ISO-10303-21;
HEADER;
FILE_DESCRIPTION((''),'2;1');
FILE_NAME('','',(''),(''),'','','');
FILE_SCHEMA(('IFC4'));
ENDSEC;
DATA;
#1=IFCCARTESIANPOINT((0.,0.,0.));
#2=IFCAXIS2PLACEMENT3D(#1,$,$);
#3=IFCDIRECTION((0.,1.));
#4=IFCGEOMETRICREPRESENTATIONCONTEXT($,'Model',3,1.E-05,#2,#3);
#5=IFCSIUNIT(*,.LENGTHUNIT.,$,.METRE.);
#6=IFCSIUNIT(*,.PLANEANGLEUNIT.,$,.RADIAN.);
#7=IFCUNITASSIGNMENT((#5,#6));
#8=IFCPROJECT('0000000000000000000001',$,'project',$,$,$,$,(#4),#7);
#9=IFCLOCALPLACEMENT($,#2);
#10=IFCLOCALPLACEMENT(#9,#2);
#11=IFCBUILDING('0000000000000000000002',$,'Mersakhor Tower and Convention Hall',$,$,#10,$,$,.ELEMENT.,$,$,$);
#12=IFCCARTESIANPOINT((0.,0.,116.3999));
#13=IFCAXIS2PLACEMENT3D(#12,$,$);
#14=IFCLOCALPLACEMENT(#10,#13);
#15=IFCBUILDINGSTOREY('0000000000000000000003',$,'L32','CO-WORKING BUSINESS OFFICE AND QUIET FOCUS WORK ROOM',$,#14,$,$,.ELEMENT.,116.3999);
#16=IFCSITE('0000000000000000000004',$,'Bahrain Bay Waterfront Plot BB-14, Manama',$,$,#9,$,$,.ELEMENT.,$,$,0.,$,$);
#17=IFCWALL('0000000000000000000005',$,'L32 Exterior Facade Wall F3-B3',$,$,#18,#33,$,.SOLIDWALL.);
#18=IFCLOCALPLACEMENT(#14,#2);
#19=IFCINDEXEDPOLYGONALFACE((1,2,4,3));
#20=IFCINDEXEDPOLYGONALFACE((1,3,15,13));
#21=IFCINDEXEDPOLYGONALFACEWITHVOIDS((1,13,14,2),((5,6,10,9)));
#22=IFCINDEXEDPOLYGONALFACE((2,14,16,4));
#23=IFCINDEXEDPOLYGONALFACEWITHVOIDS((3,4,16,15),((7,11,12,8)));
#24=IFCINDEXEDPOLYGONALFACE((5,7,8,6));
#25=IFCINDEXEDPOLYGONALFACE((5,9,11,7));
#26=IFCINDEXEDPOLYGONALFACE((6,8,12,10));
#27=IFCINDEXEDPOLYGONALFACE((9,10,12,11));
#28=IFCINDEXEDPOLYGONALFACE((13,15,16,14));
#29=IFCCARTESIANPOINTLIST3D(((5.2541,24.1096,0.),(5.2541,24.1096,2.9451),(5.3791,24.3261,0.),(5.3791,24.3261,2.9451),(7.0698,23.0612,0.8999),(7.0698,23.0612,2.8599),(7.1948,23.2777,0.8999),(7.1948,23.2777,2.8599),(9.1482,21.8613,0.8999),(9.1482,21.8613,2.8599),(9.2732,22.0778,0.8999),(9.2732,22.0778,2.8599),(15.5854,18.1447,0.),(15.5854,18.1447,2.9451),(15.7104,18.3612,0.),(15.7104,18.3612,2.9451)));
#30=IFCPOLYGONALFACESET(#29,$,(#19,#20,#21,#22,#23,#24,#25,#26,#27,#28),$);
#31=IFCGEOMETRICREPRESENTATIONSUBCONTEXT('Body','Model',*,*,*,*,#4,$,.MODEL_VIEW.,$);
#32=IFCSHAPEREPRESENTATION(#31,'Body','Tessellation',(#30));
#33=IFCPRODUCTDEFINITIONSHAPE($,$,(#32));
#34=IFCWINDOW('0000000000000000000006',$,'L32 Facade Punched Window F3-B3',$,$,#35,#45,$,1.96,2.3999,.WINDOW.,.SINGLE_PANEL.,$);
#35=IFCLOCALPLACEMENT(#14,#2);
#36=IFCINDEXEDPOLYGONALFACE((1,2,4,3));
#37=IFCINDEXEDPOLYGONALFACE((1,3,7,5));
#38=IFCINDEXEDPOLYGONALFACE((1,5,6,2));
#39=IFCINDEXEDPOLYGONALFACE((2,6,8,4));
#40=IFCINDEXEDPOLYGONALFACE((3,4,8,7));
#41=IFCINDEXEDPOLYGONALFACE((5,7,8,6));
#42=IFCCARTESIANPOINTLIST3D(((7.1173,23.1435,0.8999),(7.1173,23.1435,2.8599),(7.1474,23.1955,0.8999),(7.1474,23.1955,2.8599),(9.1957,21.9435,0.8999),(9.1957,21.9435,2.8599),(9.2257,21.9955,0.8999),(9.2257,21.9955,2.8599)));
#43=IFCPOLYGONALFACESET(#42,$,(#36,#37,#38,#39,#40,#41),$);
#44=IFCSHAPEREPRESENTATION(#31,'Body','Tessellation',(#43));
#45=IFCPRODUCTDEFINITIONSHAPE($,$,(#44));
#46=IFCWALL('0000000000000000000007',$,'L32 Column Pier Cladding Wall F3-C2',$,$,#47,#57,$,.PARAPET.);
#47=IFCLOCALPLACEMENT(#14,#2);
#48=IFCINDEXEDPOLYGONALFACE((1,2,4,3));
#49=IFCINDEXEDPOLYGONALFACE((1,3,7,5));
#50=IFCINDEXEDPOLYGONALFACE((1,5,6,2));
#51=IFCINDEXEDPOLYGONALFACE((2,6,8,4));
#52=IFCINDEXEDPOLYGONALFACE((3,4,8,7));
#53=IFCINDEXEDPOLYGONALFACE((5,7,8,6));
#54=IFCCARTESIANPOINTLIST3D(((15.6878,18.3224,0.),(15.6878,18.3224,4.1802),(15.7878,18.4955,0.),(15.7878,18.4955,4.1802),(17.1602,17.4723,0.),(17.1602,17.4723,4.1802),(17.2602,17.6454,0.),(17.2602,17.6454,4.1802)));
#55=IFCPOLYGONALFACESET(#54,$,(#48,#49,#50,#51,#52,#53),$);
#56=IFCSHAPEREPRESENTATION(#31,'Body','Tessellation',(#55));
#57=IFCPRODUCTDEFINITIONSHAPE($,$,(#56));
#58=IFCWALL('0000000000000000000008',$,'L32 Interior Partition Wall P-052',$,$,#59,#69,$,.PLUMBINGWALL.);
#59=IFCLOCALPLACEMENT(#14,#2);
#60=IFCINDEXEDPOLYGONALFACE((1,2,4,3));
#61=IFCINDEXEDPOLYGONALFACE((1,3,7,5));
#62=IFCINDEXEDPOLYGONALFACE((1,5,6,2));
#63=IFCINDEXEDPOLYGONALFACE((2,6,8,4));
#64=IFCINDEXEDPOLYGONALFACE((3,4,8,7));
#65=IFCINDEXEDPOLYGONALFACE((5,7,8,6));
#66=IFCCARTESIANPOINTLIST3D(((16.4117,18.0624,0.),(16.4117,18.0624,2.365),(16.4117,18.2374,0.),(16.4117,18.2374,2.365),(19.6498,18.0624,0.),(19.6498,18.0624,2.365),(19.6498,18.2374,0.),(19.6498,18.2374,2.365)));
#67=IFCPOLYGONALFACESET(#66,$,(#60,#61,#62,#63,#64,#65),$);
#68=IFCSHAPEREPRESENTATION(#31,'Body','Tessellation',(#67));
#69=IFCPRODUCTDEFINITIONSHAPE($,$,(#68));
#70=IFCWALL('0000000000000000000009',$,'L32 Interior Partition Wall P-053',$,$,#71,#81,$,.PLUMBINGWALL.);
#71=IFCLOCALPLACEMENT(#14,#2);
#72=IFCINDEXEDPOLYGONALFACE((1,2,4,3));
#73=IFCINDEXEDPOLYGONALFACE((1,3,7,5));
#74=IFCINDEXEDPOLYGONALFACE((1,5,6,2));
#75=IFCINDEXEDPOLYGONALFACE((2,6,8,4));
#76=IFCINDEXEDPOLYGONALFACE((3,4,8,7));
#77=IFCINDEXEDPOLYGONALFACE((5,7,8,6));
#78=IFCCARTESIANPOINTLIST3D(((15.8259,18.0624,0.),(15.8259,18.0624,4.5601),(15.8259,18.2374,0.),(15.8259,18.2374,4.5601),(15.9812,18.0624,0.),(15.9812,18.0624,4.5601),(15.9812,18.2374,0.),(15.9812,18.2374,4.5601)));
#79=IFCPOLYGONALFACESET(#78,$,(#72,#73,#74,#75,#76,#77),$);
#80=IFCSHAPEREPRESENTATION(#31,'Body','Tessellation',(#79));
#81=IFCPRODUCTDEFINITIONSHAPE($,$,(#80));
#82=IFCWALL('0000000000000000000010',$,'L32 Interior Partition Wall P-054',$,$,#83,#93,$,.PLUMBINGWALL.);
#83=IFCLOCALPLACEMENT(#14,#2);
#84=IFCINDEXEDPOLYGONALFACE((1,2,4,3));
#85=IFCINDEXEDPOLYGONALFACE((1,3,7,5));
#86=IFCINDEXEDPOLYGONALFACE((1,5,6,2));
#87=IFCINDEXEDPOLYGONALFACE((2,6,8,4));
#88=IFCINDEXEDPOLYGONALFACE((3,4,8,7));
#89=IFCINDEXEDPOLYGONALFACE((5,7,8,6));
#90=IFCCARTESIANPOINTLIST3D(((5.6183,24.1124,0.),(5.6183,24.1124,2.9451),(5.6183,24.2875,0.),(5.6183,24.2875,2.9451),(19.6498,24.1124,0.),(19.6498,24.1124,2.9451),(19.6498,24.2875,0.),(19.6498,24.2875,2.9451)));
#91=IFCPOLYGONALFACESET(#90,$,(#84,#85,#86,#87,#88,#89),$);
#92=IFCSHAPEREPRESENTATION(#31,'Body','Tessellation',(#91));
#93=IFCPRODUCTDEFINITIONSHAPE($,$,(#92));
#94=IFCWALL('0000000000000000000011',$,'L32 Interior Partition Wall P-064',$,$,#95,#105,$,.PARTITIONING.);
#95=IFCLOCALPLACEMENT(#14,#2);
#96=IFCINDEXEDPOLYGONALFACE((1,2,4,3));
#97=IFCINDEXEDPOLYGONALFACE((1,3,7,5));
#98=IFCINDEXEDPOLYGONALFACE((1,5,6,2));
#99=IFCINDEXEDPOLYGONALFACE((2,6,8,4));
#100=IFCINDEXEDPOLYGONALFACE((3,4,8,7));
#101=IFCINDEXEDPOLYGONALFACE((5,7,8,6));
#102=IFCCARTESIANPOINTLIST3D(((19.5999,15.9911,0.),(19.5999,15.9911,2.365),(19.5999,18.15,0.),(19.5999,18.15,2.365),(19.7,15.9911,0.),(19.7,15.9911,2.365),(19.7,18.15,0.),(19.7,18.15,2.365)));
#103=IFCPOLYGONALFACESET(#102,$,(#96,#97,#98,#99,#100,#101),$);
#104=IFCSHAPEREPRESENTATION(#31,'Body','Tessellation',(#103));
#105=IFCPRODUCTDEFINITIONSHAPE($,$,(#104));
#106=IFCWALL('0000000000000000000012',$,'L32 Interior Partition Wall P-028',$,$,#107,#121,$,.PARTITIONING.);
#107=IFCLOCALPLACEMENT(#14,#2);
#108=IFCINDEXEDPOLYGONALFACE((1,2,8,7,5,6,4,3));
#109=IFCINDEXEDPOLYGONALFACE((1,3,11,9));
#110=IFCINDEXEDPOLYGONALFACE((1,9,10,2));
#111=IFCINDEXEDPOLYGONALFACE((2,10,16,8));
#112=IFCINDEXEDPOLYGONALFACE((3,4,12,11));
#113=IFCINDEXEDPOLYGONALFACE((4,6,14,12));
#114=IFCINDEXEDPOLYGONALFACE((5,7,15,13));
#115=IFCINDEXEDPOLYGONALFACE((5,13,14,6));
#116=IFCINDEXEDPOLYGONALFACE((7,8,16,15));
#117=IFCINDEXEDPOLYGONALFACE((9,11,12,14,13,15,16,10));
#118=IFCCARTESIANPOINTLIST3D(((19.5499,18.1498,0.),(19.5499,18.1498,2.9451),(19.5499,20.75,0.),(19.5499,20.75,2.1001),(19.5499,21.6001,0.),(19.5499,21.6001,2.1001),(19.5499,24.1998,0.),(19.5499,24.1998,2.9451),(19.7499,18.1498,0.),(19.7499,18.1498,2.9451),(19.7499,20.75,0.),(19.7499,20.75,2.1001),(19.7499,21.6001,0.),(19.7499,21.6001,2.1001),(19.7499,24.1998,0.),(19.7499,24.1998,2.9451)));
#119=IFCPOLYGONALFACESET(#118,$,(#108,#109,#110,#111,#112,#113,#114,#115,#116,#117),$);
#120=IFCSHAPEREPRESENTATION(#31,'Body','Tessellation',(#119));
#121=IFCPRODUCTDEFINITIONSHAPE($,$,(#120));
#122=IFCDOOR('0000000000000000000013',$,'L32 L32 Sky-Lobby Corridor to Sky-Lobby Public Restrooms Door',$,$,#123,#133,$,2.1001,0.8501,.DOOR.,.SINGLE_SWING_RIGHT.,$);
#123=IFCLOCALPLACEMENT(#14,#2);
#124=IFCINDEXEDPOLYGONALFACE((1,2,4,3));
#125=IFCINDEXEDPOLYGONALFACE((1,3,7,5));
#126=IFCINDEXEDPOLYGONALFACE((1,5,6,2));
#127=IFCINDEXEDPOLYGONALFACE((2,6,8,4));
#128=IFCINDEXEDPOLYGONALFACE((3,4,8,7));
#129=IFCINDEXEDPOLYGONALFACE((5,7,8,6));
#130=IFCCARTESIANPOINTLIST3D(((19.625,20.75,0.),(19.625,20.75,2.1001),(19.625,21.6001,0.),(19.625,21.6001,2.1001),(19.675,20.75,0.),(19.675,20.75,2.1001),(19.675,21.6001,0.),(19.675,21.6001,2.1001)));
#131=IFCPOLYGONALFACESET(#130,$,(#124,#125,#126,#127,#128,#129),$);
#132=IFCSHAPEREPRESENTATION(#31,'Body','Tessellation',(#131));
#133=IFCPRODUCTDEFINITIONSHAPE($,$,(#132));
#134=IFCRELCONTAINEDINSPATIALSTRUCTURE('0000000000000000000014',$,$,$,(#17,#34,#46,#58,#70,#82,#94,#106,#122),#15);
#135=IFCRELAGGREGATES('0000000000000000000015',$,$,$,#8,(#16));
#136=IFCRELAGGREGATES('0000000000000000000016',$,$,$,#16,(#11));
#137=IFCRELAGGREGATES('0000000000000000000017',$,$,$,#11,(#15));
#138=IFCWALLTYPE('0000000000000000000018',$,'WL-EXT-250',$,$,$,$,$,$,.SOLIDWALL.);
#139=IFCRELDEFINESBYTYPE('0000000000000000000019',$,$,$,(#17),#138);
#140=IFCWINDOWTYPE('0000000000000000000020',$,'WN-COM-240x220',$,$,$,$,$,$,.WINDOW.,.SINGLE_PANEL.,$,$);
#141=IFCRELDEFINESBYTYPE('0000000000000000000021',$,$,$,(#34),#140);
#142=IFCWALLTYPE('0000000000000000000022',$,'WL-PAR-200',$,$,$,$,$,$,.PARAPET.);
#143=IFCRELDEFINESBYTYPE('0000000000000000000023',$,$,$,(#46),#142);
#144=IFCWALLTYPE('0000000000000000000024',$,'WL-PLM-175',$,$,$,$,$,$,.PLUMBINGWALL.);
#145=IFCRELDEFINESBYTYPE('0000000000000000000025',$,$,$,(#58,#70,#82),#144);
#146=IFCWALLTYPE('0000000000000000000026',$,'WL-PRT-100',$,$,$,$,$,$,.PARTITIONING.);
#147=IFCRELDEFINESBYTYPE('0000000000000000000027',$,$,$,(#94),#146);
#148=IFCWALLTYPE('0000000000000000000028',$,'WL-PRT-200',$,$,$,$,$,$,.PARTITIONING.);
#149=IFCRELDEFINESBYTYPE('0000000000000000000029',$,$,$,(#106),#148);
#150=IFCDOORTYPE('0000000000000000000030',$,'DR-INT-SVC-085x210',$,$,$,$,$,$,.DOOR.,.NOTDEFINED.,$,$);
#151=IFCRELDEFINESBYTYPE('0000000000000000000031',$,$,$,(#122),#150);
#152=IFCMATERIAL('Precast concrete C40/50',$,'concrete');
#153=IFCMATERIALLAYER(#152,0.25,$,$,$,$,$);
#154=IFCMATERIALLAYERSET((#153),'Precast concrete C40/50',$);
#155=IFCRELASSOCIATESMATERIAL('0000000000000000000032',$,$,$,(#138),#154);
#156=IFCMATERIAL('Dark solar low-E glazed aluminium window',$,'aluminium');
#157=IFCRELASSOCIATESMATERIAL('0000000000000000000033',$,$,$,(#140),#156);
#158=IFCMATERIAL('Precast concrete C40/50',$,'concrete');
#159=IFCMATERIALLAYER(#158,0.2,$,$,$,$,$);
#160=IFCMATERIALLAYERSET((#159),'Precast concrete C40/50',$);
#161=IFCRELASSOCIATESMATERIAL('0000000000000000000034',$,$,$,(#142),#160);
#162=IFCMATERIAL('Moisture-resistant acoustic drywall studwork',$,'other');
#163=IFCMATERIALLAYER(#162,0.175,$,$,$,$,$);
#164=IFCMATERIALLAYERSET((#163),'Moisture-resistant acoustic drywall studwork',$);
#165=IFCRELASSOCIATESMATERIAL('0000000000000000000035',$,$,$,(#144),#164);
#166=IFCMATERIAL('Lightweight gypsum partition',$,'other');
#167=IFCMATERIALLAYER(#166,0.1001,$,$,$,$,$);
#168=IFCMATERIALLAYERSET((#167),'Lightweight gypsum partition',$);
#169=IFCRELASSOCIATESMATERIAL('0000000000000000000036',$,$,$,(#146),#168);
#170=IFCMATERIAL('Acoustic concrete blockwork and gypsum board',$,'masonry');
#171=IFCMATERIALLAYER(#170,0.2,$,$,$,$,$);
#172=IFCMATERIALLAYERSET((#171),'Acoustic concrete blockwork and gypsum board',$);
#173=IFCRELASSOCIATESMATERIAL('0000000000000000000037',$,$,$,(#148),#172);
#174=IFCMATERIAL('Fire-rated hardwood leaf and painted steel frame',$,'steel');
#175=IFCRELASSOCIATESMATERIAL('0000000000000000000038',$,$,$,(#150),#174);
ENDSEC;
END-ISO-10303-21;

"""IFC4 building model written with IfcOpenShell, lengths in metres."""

from ifc_helpers import new_model, si_unit, direction, frame, frame_2d, origin, place, context, subcontext, project, spatial, rectangle, extrude, material, layer, layer_set, type_object, element, fill, save


model = new_model("IFC4")

# Units and contexts
model_context = context("Model", 3, precision=1e-05, world=origin(), true_north=direction((0.0, 1.0)))
body_context = subcontext(model_context, "Body", "Model", "MODEL_VIEW")
ifc_project = project(units=[si_unit("LENGTHUNIT", "METRE"), si_unit("PLANEANGLEUNIT", "RADIAN")], contexts=[model_context])

# Site, building, storey
site_placement = place(None, origin())
site = spatial("IfcSite", under=ifc_project, at=site_placement, Name="Bahrain Bay Waterfront Plot BB-14, Manama", CompositionType="ELEMENT", RefElevation=0.0)
building_placement = place(site_placement, origin())
building = spatial("IfcBuilding", under=site, at=building_placement, Name="Mersakhor Tower and Convention Hall", CompositionType="ELEMENT")
storey_placement = place(building_placement, frame((0.0, 0.0, 116.3999)))
storey = spatial("IfcBuildingStorey", under=building, at=storey_placement, Name="L32", Description="CO-WORKING BUSINESS OFFICE AND QUIET FOCUS WORK ROOM", CompositionType="ELEMENT", Elevation=116.3999)

# Shared definitions
ifc_material_1 = material(Name="Precast concrete C40/50", Category="concrete")
ifc_layer_1 = layer(ifc_material_1, 0.25)
ifc_layer_set_1 = layer_set([ifc_layer_1], Name="Precast concrete C40/50")
wall_type_1 = type_object("IfcWallType", Name="WL-EXT-250", PredefinedType="SOLIDWALL", material=ifc_layer_set_1)

# Wall, opening, window
wall_1_placement = place(storey_placement, frame((15.6479, 18.2529, 0.0), z_axis=(0.0, 0.0, 1.0), x_axis=(-0.866023, 0.500004, 0.0)))
wall_1 = element("IfcWall", 1, at=wall_1_placement, inside=storey, type_object=wall_type_1, Name="L32 Exterior Facade Wall F3-B3", PredefinedType="SOLIDWALL", context=body_context, shape_type="SweptSolid", body=[
    extrude(rectangle(XDim=11.9297, YDim=0.25, at=frame_2d((5.9648, 0.0))), origin(), (0.0, 0.0, 1.0), 2.9451),
])
opening_1_placement = place(wall_1_placement, frame((7.4331, 0.0, 0.8999)))
opening_1 = element("IfcOpeningElement", 2, at=opening_1_placement, cuts=wall_1, PredefinedType="OPENING", context=body_context, shape_type="SweptSolid", body=[
    extrude(rectangle(XDim=2.3999, YDim=1.96, at=frame_2d((1.2, 0.98))), frame((0.0, 0.135, 0.0), z_axis=(0.0, -1.0, 0.0), x_axis=(1.0, 0.0, 0.0)), (0.0, 0.0, 1.0), 0.27),
])
ifc_material_2 = material(Name="Dark solar low-E glazed aluminium window", Category="aluminium")
window_type = type_object("IfcWindowType", Name="WN-COM-240x220", PartitioningType="SINGLE_PANEL", PredefinedType="WINDOW", material=ifc_material_2)
window_placement = place(opening_1_placement, origin())
window = element("IfcWindow", 3, at=window_placement, inside=storey, type_object=window_type, Name="L32 Facade Punched Window F3-B3", OverallHeight=1.96, OverallWidth=2.3999, PartitioningType="SINGLE_PANEL", PredefinedType="WINDOW", context=body_context, shape_type="SweptSolid", body=[
    extrude(rectangle(XDim=2.3999, YDim=1.96, at=frame_2d((1.2, 0.98))), frame((0.0, 0.03, 0.0), z_axis=(0.0, -1.0, 0.0), x_axis=(1.0, 0.0, 0.0)), (0.0, 0.0, 1.0), 0.0601),
])
fill(opening_1, window)

# Walls
ifc_material_3 = material(Name="Precast concrete C40/50", Category="concrete")
ifc_layer_2 = layer(ifc_material_3, 0.2)
ifc_layer_set_2 = layer_set([ifc_layer_2], Name="Precast concrete C40/50")
wall_type_2 = type_object("IfcWallType", Name="WL-PAR-200", PredefinedType="PARAPET", material=ifc_layer_set_2)
wall_2_placement = place(storey_placement, frame((17.2102, 17.5588, 0.0), z_axis=(0.0, 0.0, 1.0), x_axis=(-0.866025, 0.5, 0.0)))
element("IfcWall", 4, at=wall_2_placement, inside=storey, type_object=wall_type_2, Name="L32 Column Pier Cladding Wall F3-C2", PredefinedType="PARAPET", context=body_context, shape_type="SweptSolid", body=[
    extrude(rectangle(XDim=1.7002, YDim=0.2, at=frame_2d((0.8501, 0.0))), origin(), (0.0, 0.0, 1.0), 4.1802),
])
ifc_material_4 = material(Name="Moisture-resistant acoustic drywall studwork", Category="other")
ifc_layer_3 = layer(ifc_material_4, 0.175)
ifc_layer_set_3 = layer_set([ifc_layer_3], Name="Moisture-resistant acoustic drywall studwork")
wall_type_3 = type_object("IfcWallType", Name="WL-PLM-175", PredefinedType="PLUMBINGWALL", material=ifc_layer_set_3)
wall_3_placement = place(storey_placement, frame((19.6499, 18.1499, 0.0), z_axis=(0.0, 0.0, 1.0), x_axis=(-1.0, 0.0, 0.0)))
element("IfcWall", 5, at=wall_3_placement, inside=storey, type_object=wall_type_3, Name="L32 Interior Partition Wall P-052", PredefinedType="PLUMBINGWALL", context=body_context, shape_type="SweptSolid", body=[
    extrude(rectangle(XDim=3.238, YDim=0.175, at=frame_2d((1.6191, 0.0))), origin(), (0.0, 0.0, 1.0), 2.365),
])
wall_4_placement = place(storey_placement, frame((15.9812, 18.1499, 0.0), z_axis=(0.0, 0.0, 1.0), x_axis=(-1.0, 0.0, 0.0)))
element("IfcWall", 6, at=wall_4_placement, inside=storey, type_object=wall_type_3, Name="L32 Interior Partition Wall P-053", PredefinedType="PLUMBINGWALL", context=body_context, shape_type="SweptSolid", body=[
    extrude(rectangle(XDim=0.1553, YDim=0.175, at=frame_2d((0.0776, 0.0))), origin(), (0.0, 0.0, 1.0), 4.5601),
])
wall_5_placement = place(storey_placement, frame((5.6184, 24.2, 0.0), z_axis=(0.0, 0.0, 1.0), x_axis=(1.0, 0.0, 0.0)))
element("IfcWall", 7, at=wall_5_placement, inside=storey, type_object=wall_type_3, Name="L32 Interior Partition Wall P-054", PredefinedType="PLUMBINGWALL", context=body_context, shape_type="SweptSolid", body=[
    extrude(rectangle(XDim=14.0315, YDim=0.175, at=frame_2d((7.0156, 0.0))), origin(), (0.0, 0.0, 1.0), 2.9451),
])
ifc_material_5 = material(Name="Lightweight gypsum partition", Category="other")
ifc_layer_4 = layer(ifc_material_5, 0.1001)
ifc_layer_set_4 = layer_set([ifc_layer_4], Name="Lightweight gypsum partition")
wall_type_4 = type_object("IfcWallType", Name="WL-PRT-100", PredefinedType="PARTITIONING", material=ifc_layer_set_4)
wall_6_placement = place(storey_placement, frame((19.6499, 15.991, 0.0), z_axis=(0.0, 0.0, 1.0), x_axis=(0.0, 1.0, 0.0)))
element("IfcWall", 8, at=wall_6_placement, inside=storey, type_object=wall_type_4, Name="L32 Interior Partition Wall P-064", PredefinedType="PARTITIONING", context=body_context, shape_type="SweptSolid", body=[
    extrude(rectangle(XDim=2.1589, YDim=0.1001, at=frame_2d((1.0796, 0.0))), origin(), (0.0, 0.0, 1.0), 2.365),
])

# Wall, opening, door
ifc_material_6 = material(Name="Acoustic concrete blockwork and gypsum board", Category="masonry")
ifc_layer_5 = layer(ifc_material_6, 0.2)
ifc_layer_set_5 = layer_set([ifc_layer_5], Name="Acoustic concrete blockwork and gypsum board")
wall_type_5 = type_object("IfcWallType", Name="WL-PRT-200", PredefinedType="PARTITIONING", material=ifc_layer_set_5)
wall_7_placement = place(storey_placement, frame((19.6499, 18.1499, 0.0), z_axis=(0.0, 0.0, 1.0), x_axis=(0.0, 1.0, 0.0)))
wall_7 = element("IfcWall", 9, at=wall_7_placement, inside=storey, type_object=wall_type_5, Name="L32 Interior Partition Wall P-028", PredefinedType="PARTITIONING", context=body_context, shape_type="SweptSolid", body=[
    extrude(rectangle(XDim=6.05, YDim=0.2, at=frame_2d((3.0249, 0.0))), origin(), (0.0, 0.0, 1.0), 2.9451),
])
opening_2_placement = place(wall_7_placement, frame((2.6001, 0.0, 0.0)))
opening_2 = element("IfcOpeningElement", 10, at=opening_2_placement, cuts=wall_7, PredefinedType="OPENING", context=body_context, shape_type="SweptSolid", body=[
    extrude(rectangle(XDim=0.8501, YDim=2.1001, at=frame_2d((0.425, 1.05))), frame((0.0, 0.1099, 0.0), z_axis=(0.0, -1.0, 0.0), x_axis=(1.0, 0.0, 0.0)), (0.0, 0.0, 1.0), 0.22),
])
ifc_material_7 = material(Name="Fire-rated hardwood leaf and painted steel frame", Category="steel")
door_type = type_object("IfcDoorType", Name="DR-INT-SVC-085x210", OperationType="NOTDEFINED", PredefinedType="DOOR", material=ifc_material_7)
door_placement = place(opening_2_placement, origin())
door = element("IfcDoor", 11, at=door_placement, inside=storey, type_object=door_type, Name="L32 L32 Sky-Lobby Corridor to Sky-Lobby Public Restrooms Door", OperationType="SINGLE_SWING_RIGHT", OverallHeight=2.1001, OverallWidth=0.8501, PredefinedType="DOOR", context=body_context, shape_type="SweptSolid", body=[
    extrude(rectangle(XDim=0.8501, YDim=2.1001, at=frame_2d((0.425, 1.05))), frame((0.0, 0.0249, 0.0), z_axis=(0.0, -1.0, 0.0), x_axis=(1.0, 0.0, 0.0)), (0.0, 0.0, 1.0), 0.05),
])
fill(opening_2, door)

save(model, "model.ifc")
